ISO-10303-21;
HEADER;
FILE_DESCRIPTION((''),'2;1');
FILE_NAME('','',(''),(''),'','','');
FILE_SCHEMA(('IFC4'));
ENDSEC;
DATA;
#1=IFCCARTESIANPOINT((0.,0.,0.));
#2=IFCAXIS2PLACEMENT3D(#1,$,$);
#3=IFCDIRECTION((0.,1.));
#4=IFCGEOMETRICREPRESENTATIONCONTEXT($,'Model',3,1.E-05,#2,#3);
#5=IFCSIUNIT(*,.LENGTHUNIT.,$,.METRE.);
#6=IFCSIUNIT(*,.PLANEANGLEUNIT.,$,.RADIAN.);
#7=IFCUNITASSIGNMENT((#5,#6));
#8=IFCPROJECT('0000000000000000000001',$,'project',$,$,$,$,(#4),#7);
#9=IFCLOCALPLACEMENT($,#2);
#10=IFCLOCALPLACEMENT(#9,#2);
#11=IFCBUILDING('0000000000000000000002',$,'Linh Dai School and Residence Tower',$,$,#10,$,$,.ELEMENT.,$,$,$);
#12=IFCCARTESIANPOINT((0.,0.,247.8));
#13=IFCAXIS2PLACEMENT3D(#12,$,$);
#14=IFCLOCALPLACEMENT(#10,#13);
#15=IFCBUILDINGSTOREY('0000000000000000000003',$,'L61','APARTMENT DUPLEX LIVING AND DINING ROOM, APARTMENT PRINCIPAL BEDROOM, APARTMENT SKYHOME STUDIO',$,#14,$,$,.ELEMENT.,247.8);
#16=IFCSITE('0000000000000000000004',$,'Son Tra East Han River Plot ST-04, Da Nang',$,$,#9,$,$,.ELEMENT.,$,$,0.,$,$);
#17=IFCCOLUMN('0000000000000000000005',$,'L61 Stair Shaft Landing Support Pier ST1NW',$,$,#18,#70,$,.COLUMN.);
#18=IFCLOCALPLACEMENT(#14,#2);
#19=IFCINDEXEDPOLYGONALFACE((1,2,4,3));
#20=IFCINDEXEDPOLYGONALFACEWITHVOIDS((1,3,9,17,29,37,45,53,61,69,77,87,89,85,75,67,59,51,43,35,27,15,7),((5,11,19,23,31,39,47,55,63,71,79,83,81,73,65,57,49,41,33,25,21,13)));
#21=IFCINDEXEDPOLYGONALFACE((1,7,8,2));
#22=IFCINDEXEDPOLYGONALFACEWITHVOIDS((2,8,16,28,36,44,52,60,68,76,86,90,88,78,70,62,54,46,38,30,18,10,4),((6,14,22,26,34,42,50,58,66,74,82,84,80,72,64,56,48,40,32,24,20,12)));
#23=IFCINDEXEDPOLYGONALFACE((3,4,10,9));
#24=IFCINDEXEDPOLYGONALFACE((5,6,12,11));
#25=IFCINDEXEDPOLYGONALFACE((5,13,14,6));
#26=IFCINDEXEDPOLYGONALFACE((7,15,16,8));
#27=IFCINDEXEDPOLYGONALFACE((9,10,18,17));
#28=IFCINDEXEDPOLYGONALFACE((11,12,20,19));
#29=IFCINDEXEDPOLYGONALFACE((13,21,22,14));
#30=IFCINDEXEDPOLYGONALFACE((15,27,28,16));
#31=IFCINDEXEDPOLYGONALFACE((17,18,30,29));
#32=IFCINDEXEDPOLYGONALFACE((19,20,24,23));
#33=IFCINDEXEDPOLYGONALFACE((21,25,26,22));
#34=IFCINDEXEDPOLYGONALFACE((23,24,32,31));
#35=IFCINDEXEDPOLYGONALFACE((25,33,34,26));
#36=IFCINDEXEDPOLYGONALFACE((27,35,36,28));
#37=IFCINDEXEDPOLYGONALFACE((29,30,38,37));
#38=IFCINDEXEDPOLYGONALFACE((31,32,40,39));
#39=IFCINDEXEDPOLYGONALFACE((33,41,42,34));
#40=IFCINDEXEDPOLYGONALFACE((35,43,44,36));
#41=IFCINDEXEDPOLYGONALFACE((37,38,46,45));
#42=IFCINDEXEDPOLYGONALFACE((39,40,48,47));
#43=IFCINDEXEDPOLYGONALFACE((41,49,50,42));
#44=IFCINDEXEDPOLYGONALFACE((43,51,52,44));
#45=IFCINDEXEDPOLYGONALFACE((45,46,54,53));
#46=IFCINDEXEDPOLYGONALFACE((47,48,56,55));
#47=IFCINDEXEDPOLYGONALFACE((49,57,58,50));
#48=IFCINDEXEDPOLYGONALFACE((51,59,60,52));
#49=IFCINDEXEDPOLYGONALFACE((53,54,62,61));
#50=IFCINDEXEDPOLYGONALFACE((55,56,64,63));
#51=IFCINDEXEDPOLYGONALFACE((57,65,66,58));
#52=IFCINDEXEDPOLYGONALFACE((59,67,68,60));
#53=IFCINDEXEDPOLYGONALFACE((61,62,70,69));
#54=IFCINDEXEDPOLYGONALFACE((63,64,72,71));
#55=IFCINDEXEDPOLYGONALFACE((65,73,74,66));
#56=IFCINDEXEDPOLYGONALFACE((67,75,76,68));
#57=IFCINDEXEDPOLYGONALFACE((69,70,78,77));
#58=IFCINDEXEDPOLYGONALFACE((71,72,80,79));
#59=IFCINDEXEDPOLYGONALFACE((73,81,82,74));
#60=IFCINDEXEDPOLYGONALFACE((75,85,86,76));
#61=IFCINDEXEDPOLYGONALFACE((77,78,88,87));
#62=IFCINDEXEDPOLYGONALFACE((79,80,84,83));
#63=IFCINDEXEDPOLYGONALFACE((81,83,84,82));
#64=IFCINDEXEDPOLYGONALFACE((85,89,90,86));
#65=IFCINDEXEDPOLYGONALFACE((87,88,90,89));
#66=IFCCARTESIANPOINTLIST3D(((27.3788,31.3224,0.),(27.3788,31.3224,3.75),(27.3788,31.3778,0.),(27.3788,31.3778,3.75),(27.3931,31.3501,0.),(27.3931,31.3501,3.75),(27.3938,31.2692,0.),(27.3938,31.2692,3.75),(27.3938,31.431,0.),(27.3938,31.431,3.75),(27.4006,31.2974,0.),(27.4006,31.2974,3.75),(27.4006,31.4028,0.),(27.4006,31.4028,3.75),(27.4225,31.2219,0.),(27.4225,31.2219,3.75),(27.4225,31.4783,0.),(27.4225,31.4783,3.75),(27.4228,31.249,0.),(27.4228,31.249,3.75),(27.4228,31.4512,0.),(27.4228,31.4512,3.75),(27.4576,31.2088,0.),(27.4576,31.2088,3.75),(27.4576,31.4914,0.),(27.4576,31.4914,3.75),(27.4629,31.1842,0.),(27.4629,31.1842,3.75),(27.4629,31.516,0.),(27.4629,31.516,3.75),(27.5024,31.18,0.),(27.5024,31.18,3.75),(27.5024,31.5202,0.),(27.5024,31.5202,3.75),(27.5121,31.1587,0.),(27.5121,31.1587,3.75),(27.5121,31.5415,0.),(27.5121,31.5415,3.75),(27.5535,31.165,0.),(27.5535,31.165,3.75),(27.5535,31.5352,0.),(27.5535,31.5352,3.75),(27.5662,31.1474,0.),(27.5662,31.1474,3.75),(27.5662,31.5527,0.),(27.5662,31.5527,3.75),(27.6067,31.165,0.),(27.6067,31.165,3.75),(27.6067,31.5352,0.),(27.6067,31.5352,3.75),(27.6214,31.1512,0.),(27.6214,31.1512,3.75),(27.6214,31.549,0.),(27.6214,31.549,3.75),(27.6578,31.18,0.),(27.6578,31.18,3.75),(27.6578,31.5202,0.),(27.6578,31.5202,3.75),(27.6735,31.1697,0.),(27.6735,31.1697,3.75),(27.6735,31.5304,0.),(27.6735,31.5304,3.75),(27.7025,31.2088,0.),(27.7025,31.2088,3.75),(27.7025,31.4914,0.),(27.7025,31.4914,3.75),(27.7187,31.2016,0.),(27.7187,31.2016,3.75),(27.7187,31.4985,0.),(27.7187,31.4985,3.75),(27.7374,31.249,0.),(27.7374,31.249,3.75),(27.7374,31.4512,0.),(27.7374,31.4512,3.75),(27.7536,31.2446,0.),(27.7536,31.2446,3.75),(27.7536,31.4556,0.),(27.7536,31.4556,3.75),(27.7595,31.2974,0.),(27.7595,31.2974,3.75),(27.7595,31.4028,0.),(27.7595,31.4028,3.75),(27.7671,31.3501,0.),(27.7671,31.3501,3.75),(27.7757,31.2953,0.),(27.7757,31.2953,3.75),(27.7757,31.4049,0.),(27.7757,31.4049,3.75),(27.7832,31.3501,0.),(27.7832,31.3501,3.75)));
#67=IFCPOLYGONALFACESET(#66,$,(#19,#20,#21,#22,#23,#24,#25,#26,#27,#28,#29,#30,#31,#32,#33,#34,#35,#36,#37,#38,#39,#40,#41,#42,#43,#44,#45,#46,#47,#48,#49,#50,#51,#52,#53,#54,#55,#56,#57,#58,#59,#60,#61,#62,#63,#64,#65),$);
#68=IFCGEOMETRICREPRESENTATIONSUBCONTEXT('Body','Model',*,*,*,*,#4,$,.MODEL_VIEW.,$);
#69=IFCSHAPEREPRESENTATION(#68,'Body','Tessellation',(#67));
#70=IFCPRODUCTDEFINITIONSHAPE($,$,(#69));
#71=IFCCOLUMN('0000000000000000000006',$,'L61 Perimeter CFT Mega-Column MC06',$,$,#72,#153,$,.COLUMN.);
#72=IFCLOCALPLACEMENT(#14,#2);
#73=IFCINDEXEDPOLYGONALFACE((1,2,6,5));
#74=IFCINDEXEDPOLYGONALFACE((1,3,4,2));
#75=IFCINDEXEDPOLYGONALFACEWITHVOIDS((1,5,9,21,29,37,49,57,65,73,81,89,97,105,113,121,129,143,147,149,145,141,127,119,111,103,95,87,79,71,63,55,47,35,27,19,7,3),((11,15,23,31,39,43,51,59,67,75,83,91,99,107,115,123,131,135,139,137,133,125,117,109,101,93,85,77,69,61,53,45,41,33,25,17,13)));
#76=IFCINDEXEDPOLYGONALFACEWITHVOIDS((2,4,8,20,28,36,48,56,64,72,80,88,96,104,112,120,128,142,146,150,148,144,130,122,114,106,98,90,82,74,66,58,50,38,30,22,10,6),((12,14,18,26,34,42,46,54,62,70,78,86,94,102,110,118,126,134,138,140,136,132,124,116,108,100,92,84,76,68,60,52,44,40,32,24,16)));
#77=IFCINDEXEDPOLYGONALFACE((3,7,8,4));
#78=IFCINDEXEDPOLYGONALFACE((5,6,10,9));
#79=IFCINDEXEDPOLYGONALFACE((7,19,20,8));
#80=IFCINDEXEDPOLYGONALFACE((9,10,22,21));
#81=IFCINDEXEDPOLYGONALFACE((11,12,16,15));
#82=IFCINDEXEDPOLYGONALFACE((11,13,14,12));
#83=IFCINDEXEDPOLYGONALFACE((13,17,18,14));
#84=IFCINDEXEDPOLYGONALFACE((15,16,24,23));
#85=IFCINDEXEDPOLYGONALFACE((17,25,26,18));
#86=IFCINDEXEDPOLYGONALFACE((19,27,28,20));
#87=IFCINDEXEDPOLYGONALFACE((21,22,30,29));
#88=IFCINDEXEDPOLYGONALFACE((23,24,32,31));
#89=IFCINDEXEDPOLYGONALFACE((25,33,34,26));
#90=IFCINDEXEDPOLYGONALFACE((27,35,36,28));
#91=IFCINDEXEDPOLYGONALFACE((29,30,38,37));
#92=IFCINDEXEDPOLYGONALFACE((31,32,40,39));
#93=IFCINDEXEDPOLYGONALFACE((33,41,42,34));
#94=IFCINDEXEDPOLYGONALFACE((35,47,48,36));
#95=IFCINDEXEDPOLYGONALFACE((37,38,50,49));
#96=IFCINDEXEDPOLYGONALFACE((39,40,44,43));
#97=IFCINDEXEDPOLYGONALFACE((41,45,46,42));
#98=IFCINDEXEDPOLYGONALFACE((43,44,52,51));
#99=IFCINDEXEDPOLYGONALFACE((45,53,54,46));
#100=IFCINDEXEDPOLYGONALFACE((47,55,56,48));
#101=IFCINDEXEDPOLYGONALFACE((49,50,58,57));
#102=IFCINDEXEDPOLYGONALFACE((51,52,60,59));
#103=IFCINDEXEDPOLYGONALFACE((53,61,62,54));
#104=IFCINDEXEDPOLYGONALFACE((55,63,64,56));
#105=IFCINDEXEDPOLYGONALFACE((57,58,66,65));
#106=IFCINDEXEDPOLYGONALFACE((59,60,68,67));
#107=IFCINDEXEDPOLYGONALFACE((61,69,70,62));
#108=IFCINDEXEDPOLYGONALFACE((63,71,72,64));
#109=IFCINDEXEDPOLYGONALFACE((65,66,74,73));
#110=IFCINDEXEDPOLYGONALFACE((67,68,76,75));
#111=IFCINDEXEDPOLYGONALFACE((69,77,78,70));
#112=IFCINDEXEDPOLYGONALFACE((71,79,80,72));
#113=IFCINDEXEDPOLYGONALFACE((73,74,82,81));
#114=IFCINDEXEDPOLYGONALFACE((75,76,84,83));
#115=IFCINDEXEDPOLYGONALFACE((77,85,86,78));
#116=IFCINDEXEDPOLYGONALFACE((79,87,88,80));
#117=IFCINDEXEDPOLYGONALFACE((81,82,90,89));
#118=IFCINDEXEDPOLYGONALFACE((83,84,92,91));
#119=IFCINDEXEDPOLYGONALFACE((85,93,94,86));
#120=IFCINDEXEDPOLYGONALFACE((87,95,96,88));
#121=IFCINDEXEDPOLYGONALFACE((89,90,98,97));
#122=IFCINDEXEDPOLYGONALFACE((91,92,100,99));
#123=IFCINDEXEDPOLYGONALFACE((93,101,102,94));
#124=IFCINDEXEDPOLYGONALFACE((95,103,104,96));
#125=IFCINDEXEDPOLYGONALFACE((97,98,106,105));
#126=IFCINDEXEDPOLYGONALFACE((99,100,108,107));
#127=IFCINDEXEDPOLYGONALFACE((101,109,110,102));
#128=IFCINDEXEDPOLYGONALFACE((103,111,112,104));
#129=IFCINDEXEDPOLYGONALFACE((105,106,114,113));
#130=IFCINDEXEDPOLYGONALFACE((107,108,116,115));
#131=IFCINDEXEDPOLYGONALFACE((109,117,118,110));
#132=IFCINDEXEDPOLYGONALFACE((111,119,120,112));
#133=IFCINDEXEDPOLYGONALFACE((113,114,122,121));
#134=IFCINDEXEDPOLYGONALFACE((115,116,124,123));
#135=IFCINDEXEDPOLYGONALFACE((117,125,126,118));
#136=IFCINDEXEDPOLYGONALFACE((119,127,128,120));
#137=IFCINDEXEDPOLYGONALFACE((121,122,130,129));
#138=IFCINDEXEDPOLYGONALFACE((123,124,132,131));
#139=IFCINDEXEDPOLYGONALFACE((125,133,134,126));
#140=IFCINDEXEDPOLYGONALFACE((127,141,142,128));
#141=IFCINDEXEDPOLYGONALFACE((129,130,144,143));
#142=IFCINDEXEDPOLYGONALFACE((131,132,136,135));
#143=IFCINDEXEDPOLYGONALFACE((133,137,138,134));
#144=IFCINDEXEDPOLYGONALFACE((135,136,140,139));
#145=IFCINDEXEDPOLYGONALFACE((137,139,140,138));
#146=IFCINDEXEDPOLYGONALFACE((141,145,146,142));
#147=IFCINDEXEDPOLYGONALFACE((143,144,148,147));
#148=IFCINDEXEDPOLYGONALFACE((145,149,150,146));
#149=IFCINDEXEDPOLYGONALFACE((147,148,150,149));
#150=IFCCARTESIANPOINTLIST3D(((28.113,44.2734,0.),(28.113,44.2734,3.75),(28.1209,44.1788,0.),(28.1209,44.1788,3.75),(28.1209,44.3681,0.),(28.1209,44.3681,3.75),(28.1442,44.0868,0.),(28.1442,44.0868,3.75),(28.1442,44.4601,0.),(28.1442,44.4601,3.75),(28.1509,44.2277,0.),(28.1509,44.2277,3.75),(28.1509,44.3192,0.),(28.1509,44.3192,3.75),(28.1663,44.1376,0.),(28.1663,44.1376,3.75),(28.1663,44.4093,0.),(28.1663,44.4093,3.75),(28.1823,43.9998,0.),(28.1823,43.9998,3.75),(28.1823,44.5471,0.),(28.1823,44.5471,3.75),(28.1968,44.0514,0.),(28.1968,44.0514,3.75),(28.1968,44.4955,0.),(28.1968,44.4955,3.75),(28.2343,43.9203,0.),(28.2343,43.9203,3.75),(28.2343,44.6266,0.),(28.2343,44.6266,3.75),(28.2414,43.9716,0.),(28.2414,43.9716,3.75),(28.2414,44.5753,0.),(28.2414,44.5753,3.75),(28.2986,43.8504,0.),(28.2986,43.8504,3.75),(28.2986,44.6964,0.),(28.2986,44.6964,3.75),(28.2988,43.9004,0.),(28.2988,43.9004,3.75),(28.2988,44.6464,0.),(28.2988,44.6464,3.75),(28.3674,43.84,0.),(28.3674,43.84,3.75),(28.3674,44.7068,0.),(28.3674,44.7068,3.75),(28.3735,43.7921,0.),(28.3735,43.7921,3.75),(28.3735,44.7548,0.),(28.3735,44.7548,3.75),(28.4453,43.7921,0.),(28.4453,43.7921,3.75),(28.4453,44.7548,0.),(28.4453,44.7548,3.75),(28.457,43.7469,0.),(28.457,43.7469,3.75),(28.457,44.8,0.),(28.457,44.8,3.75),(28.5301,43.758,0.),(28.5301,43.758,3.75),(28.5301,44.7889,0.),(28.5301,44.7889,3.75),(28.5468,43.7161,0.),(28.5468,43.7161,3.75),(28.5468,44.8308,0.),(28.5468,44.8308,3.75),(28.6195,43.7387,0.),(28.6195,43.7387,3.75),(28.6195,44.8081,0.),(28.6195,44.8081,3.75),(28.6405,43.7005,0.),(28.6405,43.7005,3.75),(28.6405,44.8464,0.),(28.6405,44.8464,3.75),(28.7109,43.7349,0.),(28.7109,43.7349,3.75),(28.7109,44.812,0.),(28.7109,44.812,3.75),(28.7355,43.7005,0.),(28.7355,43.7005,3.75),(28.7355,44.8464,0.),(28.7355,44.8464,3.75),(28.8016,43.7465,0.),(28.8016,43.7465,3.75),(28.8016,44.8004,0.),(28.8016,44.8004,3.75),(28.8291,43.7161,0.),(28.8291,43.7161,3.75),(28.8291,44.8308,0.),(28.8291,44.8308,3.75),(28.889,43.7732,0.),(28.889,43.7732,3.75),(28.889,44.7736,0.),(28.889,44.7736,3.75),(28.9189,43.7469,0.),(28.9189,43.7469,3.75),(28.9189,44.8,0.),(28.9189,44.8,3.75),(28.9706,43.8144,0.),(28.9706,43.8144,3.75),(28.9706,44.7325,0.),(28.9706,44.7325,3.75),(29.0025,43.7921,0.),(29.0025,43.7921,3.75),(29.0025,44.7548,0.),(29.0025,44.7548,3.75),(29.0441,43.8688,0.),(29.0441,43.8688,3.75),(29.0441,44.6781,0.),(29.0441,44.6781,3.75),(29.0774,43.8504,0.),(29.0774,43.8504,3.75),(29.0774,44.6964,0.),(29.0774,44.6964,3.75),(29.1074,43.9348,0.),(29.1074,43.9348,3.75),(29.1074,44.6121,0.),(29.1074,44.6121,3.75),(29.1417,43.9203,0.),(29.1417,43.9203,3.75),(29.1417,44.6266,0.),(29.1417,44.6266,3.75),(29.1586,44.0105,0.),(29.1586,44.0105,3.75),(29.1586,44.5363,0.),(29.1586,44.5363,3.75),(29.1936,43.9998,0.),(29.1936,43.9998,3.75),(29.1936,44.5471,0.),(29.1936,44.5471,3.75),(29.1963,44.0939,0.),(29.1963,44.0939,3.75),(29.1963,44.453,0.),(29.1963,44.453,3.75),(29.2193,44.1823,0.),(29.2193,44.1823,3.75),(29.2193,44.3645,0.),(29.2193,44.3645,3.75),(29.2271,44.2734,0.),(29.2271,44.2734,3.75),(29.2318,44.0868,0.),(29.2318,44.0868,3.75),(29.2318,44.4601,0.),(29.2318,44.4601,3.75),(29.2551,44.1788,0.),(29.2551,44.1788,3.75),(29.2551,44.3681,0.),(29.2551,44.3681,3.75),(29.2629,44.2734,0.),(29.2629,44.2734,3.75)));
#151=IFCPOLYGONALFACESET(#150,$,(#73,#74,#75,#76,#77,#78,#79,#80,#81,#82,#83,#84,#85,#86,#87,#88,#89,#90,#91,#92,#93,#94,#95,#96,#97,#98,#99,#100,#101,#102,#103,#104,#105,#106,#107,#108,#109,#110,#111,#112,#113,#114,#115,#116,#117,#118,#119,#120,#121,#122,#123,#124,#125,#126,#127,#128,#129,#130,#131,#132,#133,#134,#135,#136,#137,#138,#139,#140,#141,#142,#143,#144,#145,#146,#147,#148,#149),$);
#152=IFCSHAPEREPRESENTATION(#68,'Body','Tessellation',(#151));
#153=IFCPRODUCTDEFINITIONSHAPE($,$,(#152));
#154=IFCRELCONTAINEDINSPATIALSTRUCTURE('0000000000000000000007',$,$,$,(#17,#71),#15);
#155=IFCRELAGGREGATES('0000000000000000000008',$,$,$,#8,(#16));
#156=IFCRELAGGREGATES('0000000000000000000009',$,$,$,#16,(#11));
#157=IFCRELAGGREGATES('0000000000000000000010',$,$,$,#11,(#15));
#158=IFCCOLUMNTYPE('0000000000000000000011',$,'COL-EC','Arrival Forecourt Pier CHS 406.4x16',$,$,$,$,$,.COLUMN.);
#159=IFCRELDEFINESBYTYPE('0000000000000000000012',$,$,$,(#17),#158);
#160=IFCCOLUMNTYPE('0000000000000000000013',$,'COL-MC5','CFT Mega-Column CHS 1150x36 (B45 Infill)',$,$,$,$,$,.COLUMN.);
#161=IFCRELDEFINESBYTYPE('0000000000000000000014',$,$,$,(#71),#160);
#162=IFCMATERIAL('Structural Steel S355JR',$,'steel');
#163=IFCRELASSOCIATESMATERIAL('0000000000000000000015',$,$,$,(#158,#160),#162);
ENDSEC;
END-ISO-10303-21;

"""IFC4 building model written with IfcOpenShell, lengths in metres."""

from ifc_helpers import new_model, si_unit, direction, frame, origin, origin_2d, place, context, subcontext, project, spatial, hollow_circle, extrude, material, material_profile, profile_set, type_object, element, save


model = new_model("IFC4")

# Units and contexts
model_context = context("Model", 3, precision=1e-05, world=origin(), true_north=direction((0.0, 1.0)))
body_context = subcontext(model_context, "Body", "Model", "MODEL_VIEW")
ifc_project = project(units=[si_unit("LENGTHUNIT", "METRE"), si_unit("PLANEANGLEUNIT", "RADIAN")], contexts=[model_context])

# Site, building, storey
site_placement = place(None, origin())
site = spatial("IfcSite", under=ifc_project, at=site_placement, Name="Son Tra East Han River Plot ST-04, Da Nang", CompositionType="ELEMENT", RefElevation=0.0)
building_placement = place(site_placement, origin())
building = spatial("IfcBuilding", under=site, at=building_placement, Name="Linh Dai School and Residence Tower", CompositionType="ELEMENT")
storey_placement = place(building_placement, frame((0.0, 0.0, 247.8)))
storey = spatial("IfcBuildingStorey", under=building, at=storey_placement, Name="L61", Description="APARTMENT DUPLEX LIVING AND DINING ROOM, APARTMENT PRINCIPAL BEDROOM, APARTMENT SKYHOME STUDIO", CompositionType="ELEMENT", Elevation=247.8)

# Columns
ifc_material_1 = material(Name="Structural Steel S355JR", Category="steel")
ifc_material_profile_1 = material_profile(ifc_material_1, hollow_circle(Radius=0.2031, WallThickness=0.0161, at=origin_2d()), Name="CHS 406.4x16")
ifc_profile_set_1 = profile_set([ifc_material_profile_1], Name="Structural Steel S355JR")
column_type_1 = type_object("IfcColumnType", Name="COL-EC", Description="Arrival Forecourt Pier CHS 406.4x16", PredefinedType="COLUMN", material=ifc_profile_set_1)
column_1_placement = place(storey_placement, frame((27.5801, 31.3501, 0.0), z_axis=(0.0, 0.0, 1.0), x_axis=(1.0, 0.0, 0.0)))
element("IfcColumn", 1, at=column_1_placement, inside=storey, type_object=column_type_1, Name="L61 Stair Shaft Landing Support Pier ST1NW", PredefinedType="COLUMN", context=body_context, shape_type="SweptSolid", body=[
    extrude(hollow_circle(Radius=0.2031, WallThickness=0.0161, at=origin_2d()), origin(), (0.0, 0.0, 1.0), 3.75),
])
ifc_material_profile_2 = material_profile(ifc_material_1, hollow_circle(Radius=0.575, WallThickness=0.0359, at=origin_2d()), Name="CHS 1150x36")
ifc_profile_set_2 = profile_set([ifc_material_profile_2], Name="Structural Steel S355JR")
column_type_2 = type_object("IfcColumnType", Name="COL-MC5", Description="CFT Mega-Column CHS 1150x36 (B45 Infill)", PredefinedType="COLUMN", material=ifc_profile_set_2)
column_2_placement = place(storey_placement, frame((28.688, 44.2734, 0.0), z_axis=(0.0, 0.0, 1.0), x_axis=(1.0, 0.0, 0.0)))
element("IfcColumn", 2, at=column_2_placement, inside=storey, type_object=column_type_2, Name="L61 Perimeter CFT Mega-Column MC06", PredefinedType="COLUMN", context=body_context, shape_type="SweptSolid", body=[
    extrude(hollow_circle(Radius=0.575, WallThickness=0.0359, at=origin_2d()), origin(), (0.0, 0.0, 1.0), 3.75),
])

save(model, "model.ifc")
